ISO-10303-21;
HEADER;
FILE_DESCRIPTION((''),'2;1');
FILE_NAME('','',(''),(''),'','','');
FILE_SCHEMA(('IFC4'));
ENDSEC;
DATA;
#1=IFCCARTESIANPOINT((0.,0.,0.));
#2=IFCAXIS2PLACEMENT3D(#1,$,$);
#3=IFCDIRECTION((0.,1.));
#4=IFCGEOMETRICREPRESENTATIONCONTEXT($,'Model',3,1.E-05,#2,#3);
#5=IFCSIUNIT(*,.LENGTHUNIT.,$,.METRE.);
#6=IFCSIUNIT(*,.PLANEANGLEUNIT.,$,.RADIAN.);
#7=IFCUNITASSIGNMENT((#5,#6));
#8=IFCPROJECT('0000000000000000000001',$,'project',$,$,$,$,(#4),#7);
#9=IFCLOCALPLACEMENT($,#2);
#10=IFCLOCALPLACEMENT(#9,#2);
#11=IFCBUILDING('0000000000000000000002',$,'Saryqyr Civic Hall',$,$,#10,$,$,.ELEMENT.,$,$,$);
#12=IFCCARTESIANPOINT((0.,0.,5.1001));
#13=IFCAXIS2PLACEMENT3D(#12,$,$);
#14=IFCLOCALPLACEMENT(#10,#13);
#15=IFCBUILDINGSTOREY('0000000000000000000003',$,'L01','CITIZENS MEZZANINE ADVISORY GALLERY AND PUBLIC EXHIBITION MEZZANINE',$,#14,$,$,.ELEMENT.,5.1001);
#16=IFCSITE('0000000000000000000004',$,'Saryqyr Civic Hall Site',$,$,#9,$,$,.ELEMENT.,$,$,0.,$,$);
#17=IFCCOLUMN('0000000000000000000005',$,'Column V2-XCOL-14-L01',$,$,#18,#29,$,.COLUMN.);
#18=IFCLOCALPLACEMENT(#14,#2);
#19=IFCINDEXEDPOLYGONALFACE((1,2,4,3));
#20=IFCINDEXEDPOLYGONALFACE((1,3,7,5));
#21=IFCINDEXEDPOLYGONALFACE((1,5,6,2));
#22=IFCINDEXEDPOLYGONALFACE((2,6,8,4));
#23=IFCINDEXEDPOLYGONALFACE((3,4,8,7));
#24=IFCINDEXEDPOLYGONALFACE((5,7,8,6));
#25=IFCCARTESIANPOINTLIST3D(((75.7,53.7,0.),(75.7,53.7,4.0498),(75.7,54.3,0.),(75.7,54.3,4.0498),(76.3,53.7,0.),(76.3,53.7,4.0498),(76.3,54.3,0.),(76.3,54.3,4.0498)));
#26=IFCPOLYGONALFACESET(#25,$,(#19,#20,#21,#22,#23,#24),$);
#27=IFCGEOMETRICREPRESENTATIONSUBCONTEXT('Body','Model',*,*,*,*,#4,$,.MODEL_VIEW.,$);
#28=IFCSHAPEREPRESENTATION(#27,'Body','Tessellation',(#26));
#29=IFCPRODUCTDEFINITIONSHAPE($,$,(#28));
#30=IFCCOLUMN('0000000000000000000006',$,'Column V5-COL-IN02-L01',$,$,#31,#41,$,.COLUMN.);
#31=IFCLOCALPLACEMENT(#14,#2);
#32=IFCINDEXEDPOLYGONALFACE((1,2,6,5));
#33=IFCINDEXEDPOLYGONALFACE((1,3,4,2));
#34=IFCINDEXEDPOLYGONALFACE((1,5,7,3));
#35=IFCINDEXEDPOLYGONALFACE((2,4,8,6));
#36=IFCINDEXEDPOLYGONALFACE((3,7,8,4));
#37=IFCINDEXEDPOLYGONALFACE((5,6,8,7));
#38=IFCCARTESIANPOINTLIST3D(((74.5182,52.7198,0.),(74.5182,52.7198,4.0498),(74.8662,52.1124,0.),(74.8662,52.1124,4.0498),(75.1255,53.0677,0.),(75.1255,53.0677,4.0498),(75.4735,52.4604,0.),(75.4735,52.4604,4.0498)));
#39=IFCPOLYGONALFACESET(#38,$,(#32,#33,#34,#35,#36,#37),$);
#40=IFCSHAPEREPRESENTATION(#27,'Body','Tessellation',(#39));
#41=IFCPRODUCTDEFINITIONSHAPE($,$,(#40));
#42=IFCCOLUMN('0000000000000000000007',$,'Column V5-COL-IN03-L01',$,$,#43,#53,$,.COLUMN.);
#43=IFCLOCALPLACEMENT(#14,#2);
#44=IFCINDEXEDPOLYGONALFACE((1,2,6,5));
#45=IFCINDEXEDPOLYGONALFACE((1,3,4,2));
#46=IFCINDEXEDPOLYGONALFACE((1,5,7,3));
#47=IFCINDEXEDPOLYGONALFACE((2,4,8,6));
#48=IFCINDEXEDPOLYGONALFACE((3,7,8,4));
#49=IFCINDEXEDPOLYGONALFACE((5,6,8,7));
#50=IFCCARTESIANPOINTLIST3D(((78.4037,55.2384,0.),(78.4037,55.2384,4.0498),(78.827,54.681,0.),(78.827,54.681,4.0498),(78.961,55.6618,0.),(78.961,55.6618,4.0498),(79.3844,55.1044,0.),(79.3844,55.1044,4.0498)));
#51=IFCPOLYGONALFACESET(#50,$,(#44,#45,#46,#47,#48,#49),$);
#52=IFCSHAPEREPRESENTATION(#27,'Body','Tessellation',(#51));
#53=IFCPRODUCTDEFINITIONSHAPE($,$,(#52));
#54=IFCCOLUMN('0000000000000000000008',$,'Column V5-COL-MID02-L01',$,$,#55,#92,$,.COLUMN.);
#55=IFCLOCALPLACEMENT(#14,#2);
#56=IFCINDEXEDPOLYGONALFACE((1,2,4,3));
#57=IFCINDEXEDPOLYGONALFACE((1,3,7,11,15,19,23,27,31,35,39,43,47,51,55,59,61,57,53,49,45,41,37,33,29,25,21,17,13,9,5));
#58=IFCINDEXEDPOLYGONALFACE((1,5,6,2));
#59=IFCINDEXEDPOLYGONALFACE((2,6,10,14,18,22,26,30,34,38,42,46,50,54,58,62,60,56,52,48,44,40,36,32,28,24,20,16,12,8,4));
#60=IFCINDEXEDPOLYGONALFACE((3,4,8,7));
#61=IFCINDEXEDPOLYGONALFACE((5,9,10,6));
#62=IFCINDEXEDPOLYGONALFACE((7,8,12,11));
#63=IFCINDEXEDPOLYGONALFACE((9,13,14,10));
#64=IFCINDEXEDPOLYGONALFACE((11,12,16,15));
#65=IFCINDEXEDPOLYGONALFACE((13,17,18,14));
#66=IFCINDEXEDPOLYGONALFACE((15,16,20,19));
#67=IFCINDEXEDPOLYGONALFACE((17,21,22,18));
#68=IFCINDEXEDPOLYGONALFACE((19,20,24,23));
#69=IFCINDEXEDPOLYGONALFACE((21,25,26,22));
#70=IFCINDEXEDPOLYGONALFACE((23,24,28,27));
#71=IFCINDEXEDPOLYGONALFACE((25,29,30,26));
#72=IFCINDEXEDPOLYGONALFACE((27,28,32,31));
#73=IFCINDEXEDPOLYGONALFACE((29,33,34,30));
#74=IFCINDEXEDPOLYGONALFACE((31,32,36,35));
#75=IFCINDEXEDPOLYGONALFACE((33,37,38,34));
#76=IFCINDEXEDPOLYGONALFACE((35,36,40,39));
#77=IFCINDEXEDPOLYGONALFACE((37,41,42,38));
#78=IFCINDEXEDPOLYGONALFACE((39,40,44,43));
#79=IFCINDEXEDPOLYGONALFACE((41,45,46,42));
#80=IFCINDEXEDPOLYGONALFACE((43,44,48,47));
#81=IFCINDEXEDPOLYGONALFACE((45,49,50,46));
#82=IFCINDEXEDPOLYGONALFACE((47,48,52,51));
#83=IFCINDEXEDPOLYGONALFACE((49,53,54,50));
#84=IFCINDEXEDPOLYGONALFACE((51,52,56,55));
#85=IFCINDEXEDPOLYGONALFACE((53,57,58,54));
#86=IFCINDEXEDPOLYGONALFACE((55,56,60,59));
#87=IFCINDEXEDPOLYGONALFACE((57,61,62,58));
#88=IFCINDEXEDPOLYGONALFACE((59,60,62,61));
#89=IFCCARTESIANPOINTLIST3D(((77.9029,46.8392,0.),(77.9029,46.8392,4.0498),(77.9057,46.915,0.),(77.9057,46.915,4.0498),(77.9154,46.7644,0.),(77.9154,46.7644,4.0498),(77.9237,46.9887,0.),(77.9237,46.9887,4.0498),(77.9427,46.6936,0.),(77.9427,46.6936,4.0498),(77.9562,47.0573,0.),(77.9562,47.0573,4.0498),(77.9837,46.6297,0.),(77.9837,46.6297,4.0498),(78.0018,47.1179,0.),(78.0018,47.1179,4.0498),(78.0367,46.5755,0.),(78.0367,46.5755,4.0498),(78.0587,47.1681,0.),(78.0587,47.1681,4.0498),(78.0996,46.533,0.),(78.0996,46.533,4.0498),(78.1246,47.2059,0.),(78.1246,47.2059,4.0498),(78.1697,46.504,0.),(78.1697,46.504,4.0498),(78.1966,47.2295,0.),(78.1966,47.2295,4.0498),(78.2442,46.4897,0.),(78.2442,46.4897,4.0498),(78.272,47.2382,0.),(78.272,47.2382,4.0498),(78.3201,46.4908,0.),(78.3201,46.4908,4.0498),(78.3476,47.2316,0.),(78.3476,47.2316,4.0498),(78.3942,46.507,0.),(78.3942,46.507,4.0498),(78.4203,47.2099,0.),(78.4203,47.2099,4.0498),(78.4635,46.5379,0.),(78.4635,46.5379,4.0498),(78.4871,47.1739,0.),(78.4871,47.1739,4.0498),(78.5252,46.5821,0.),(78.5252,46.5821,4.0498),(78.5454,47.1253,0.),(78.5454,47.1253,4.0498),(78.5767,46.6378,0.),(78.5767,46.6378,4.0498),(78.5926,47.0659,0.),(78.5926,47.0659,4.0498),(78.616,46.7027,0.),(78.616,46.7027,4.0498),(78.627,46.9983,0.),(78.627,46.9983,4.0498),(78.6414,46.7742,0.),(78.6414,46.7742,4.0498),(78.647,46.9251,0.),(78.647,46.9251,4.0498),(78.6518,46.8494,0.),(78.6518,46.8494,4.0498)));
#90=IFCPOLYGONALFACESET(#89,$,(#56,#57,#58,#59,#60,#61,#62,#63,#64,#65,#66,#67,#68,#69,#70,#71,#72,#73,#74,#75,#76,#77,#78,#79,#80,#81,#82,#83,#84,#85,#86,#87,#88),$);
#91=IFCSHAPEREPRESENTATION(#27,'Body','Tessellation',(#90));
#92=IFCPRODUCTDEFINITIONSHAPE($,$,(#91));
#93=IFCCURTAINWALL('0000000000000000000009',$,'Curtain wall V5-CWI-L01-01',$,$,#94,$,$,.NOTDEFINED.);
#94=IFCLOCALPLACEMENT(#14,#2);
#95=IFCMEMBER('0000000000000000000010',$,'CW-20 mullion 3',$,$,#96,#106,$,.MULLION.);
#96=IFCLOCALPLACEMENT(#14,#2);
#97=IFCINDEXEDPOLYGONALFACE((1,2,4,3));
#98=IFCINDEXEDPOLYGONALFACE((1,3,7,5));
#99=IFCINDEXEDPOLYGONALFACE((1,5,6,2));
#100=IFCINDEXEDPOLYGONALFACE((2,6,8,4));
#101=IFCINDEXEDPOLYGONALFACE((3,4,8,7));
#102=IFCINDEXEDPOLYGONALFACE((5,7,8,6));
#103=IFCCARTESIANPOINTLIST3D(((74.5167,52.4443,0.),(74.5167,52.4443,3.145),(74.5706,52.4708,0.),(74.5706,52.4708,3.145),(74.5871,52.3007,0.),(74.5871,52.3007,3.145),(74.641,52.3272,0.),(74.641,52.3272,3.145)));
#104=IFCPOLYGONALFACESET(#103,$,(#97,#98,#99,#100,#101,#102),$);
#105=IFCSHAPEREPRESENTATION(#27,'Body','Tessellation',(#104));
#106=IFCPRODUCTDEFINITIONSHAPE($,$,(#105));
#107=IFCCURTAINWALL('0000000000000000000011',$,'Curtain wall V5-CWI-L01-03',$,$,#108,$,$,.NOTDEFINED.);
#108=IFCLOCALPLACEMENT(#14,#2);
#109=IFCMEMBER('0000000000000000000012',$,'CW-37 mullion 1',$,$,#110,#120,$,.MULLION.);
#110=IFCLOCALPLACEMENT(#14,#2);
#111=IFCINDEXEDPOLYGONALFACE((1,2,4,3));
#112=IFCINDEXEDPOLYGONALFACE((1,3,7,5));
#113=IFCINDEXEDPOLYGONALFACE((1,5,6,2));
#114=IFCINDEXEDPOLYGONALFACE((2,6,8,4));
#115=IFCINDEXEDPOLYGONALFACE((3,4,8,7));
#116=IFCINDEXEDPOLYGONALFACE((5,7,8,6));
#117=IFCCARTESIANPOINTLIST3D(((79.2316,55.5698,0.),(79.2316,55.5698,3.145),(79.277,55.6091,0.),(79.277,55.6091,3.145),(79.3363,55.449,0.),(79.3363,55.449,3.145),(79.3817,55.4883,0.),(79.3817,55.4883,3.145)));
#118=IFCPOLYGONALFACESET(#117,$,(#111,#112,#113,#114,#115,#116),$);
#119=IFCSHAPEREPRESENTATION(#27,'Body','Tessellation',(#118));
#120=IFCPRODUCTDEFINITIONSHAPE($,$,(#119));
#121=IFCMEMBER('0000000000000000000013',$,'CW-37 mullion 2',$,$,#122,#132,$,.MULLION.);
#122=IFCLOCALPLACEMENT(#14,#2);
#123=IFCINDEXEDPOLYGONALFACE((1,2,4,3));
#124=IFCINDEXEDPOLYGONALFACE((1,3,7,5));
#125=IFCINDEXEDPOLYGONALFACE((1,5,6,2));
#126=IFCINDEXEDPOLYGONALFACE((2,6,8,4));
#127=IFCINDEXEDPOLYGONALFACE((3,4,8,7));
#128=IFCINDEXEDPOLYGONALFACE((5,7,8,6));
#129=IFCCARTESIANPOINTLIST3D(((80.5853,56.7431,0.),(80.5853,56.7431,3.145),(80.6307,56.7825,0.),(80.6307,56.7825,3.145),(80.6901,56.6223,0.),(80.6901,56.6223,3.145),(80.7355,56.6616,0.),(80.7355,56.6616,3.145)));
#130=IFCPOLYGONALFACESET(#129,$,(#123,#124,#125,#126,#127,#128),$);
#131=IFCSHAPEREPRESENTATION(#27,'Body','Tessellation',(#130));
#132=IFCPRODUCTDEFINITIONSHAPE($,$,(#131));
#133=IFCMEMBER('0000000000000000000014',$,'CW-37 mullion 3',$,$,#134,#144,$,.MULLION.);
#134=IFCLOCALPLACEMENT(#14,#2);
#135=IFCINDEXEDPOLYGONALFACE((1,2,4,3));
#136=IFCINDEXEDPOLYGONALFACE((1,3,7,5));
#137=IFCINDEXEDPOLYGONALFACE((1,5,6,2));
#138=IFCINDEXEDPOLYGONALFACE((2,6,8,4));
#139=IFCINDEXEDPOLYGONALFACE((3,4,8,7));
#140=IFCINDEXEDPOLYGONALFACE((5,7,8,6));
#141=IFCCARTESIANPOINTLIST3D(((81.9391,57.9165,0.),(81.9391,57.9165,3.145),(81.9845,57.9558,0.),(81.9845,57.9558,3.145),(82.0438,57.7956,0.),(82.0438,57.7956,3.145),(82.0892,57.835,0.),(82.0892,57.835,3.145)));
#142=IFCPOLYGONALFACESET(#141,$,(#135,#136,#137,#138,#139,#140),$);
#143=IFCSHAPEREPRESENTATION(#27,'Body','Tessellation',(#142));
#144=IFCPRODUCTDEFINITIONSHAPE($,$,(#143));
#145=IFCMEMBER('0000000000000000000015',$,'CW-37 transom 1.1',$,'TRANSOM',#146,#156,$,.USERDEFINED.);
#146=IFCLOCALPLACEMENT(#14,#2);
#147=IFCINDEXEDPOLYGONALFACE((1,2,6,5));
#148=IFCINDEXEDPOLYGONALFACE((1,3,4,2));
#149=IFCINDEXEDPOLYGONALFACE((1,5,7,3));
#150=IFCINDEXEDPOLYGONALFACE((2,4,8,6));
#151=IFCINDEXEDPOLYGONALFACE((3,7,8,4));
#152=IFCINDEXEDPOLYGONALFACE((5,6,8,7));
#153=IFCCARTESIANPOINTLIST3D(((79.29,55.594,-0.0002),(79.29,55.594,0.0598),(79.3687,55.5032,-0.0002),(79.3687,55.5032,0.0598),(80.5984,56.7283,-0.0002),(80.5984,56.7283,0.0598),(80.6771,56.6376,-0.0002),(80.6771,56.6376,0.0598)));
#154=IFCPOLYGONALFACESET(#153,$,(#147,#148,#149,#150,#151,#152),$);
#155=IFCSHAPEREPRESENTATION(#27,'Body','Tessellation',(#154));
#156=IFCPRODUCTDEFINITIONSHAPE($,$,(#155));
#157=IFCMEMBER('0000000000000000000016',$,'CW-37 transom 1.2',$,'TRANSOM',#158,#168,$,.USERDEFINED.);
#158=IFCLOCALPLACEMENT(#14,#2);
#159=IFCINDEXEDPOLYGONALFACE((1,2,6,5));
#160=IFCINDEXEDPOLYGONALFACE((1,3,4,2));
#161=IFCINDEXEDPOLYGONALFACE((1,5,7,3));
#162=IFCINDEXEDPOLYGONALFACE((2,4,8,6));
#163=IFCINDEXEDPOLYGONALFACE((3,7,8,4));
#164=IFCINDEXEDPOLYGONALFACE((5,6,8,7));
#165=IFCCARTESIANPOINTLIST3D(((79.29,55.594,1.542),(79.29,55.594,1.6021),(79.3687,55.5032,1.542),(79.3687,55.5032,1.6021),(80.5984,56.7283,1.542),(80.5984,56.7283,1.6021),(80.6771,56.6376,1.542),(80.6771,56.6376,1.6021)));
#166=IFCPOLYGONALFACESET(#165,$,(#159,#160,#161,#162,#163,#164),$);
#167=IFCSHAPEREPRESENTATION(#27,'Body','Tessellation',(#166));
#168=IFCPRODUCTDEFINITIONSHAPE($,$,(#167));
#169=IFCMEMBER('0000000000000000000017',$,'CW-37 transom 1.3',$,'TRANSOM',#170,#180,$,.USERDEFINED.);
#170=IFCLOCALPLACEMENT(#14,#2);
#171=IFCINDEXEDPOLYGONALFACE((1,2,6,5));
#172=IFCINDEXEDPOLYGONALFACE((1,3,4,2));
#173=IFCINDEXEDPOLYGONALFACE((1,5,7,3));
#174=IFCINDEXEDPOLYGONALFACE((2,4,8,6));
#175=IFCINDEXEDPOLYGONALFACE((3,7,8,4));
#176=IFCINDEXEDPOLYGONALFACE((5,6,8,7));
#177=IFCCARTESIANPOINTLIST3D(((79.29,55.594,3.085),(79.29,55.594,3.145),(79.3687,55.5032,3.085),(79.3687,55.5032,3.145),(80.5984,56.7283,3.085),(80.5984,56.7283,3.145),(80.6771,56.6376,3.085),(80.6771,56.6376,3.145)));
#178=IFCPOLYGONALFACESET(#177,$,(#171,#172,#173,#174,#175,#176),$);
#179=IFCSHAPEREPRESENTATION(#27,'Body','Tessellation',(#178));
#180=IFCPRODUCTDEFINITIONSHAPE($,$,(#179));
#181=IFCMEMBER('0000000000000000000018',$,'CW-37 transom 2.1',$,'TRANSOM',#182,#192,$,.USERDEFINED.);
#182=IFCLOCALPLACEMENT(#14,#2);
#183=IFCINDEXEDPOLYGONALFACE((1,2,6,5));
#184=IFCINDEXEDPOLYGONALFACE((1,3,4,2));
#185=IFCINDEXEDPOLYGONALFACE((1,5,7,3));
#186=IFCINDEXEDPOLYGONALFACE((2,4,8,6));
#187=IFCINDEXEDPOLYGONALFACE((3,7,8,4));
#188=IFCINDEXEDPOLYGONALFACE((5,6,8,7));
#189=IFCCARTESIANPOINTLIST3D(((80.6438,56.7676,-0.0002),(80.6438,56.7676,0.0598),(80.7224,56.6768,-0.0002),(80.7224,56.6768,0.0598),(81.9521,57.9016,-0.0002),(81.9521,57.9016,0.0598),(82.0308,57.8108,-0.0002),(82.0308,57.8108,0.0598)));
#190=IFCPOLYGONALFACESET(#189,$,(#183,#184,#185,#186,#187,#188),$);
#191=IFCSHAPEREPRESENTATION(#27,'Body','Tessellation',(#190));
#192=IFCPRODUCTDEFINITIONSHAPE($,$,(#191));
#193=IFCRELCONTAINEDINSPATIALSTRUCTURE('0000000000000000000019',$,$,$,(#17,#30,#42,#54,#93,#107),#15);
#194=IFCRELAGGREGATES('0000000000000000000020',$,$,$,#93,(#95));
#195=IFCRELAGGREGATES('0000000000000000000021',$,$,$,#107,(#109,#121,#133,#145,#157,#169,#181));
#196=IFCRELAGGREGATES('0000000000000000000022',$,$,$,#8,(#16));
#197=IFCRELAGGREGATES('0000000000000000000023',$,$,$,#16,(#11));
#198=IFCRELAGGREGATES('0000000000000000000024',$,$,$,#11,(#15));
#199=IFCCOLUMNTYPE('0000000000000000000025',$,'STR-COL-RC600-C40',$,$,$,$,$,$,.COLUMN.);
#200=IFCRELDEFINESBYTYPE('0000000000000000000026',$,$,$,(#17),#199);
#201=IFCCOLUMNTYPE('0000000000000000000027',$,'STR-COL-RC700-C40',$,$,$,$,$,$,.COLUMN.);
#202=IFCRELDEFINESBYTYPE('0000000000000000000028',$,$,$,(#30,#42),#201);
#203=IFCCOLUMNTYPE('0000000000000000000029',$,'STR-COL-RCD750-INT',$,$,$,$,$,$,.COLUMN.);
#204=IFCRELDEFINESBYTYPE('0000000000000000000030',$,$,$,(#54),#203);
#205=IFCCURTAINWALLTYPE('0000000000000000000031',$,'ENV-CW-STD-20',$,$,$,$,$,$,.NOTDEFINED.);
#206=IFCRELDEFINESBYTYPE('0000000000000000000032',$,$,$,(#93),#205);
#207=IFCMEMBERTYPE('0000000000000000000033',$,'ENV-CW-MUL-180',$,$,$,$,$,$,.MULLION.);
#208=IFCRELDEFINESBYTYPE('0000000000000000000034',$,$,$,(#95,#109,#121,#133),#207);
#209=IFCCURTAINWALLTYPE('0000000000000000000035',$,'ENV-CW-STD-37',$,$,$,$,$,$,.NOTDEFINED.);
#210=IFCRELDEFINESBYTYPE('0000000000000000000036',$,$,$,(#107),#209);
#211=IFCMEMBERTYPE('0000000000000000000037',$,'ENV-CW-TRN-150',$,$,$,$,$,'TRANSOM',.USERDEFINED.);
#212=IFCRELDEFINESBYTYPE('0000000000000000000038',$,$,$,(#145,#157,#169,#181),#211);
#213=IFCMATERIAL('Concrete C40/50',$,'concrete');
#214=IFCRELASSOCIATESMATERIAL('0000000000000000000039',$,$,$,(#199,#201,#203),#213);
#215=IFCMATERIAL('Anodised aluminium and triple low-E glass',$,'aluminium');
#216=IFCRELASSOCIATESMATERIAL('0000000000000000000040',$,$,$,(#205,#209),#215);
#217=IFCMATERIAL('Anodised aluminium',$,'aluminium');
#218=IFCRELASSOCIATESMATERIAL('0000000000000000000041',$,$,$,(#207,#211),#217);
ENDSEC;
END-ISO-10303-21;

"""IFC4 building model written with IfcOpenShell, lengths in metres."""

from ifc_helpers import new_model, si_unit, direction, frame, origin, origin_2d, place, context, subcontext, project, spatial, rectangle, circle, extrude, material, material_profile, profile_set, type_object, element, aggregate, save


model = new_model("IFC4")

# Units and contexts
model_context = context("Model", 3, precision=1e-05, world=origin(), true_north=direction((0.0, 1.0)))
body_context = subcontext(model_context, "Body", "Model", "MODEL_VIEW")
ifc_project = project(units=[si_unit("LENGTHUNIT", "METRE"), si_unit("PLANEANGLEUNIT", "RADIAN")], contexts=[model_context])

# Site, building, storey
site_placement = place(None, origin())
site = spatial("IfcSite", under=ifc_project, at=site_placement, Name="Saryqyr Civic Hall Site", CompositionType="ELEMENT", RefElevation=0.0)
building_placement = place(site_placement, origin())
building = spatial("IfcBuilding", under=site, at=building_placement, Name="Saryqyr Civic Hall", CompositionType="ELEMENT")
storey_placement = place(building_placement, frame((0.0, 0.0, 5.1001)))
storey = spatial("IfcBuildingStorey", under=building, at=storey_placement, Name="L01", Description="CITIZENS MEZZANINE ADVISORY GALLERY AND PUBLIC EXHIBITION MEZZANINE", CompositionType="ELEMENT", Elevation=5.1001)

# Columns
ifc_material_1 = material(Name="Concrete C40/50", Category="concrete")
ifc_material_profile_1 = material_profile(ifc_material_1, rectangle(XDim=0.6001, YDim=0.6001, at=origin_2d()), Name="RC 600x600")
ifc_profile_set_1 = profile_set([ifc_material_profile_1], Name="Concrete C40/50")
column_type_1 = type_object("IfcColumnType", Name="STR-COL-RC600-C40", PredefinedType="COLUMN", material=ifc_profile_set_1)
column_placement = place(storey_placement, frame((76.0, 54.0, 0.0), z_axis=(0.0, 0.0, 1.0), x_axis=(1.0, 0.0, 0.0)))
element("IfcColumn", 1, at=column_placement, inside=storey, type_object=column_type_1, Name="Column V2-XCOL-14-L01", PredefinedType="COLUMN", context=body_context, shape_type="SweptSolid", body=[
    extrude(rectangle(XDim=0.6001, YDim=0.6001, at=origin_2d()), origin(), (0.0, 0.0, 1.0), 4.0498),
])
ifc_material_profile_2 = material_profile(ifc_material_1, rectangle(XDim=0.7, YDim=0.7, at=origin_2d()), Name="RC 700x700")
ifc_profile_set_2 = profile_set([ifc_material_profile_2], Name="Concrete C40/50")
column_type_2 = type_object("IfcColumnType", Name="STR-COL-RC700-C40", PredefinedType="COLUMN", material=ifc_profile_set_2)
for number, where, z_axis, x_axis, name in (
    (2, (74.9958, 52.5901, 0.0), (0.0, 0.0, 1.0), (0.497125, -0.867679, 0.0), "Column V5-COL-IN02-L01"),
    (3, (78.894, 55.1714, 0.0), (0.0, 0.0, 1.0), (0.604877, -0.796319, 0.0), "Column V5-COL-IN03-L01"),
):
    element("IfcColumn", number, at=place(storey_placement, frame(where, z_axis=z_axis, x_axis=x_axis)), inside=storey, type_object=column_type_2, Name=name, PredefinedType="COLUMN", context=body_context, shape_type="SweptSolid", body=[
        extrude(rectangle(XDim=0.7, YDim=0.7, at=origin_2d()), origin(), (0.0, 0.0, 1.0), 4.0498),
    ])
ifc_material_profile_3 = material_profile(ifc_material_1, circle(Radius=0.375, at=origin_2d()), Name="RC D750")
ifc_profile_set_3 = profile_set([ifc_material_profile_3], Name="Concrete C40/50")
column_type_3 = type_object("IfcColumnType", Name="STR-COL-RCD750-INT", PredefinedType="COLUMN", material=ifc_profile_set_3)
for number, where, z_axis, x_axis, name in (
    (4, (78.2771, 46.8633, 0.0), (0.0, 0.0, 1.0), (0.497125, -0.867679, 0.0), "Column V5-COL-MID02-L01"),
):
    element("IfcColumn", number, at=place(storey_placement, frame(where, z_axis=z_axis, x_axis=x_axis)), inside=storey, type_object=column_type_3, Name=name, PredefinedType="COLUMN", context=body_context, shape_type="SweptSolid", body=[
        extrude(circle(Radius=0.375, at=origin_2d()), origin(), (0.0, 0.0, 1.0), 4.0498),
    ])

# Curtain wall, member
ifc_material_2 = material(Name="Anodised aluminium and triple low-E glass", Category="aluminium")
curtain_wall_type_1 = type_object("IfcCurtainWallType", Name="ENV-CW-STD-20", PredefinedType="NOTDEFINED", material=ifc_material_2)
curtain_wall_1_placement = place(storey_placement, origin())
curtain_wall_1 = element("IfcCurtainWall", 5, at=curtain_wall_1_placement, inside=storey, type_object=curtain_wall_type_1, Name="Curtain wall V5-CWI-L01-01", PredefinedType="NOTDEFINED")
ifc_material_3 = material(Name="Anodised aluminium", Category="aluminium")
ifc_material_profile_4 = material_profile(ifc_material_3, rectangle(XDim=0.0601, YDim=0.1599, at=origin_2d()), Name="ALU MULLION 60x160")
ifc_profile_set_4 = profile_set([ifc_material_profile_4], Name="Anodised aluminium")
member_type_1 = type_object("IfcMemberType", Name="ENV-CW-MUL-180", PredefinedType="MULLION", material=ifc_profile_set_4)
member_1_placement = place(storey_placement, frame((74.5789, 52.3857, 0.0), z_axis=(0.0, 0.0, 1.0), x_axis=(0.897961, 0.440075, 0.0)))
member_1 = element("IfcMember", 6, at=member_1_placement, type_object=member_type_1, Name="CW-20 mullion 3", PredefinedType="MULLION", context=body_context, shape_type="SweptSolid", body=[
    extrude(rectangle(XDim=0.0601, YDim=0.1599, at=origin_2d()), origin(), (0.0, 0.0, 1.0), 3.145),
])
aggregate(curtain_wall_1, [member_1])

# Curtain wall, members
curtain_wall_type_2 = type_object("IfcCurtainWallType", Name="ENV-CW-STD-37", PredefinedType="NOTDEFINED", material=ifc_material_2)
curtain_wall_2_placement = place(storey_placement, origin())
curtain_wall_2 = element("IfcCurtainWall", 7, at=curtain_wall_2_placement, inside=storey, type_object=curtain_wall_type_2, Name="Curtain wall V5-CWI-L01-03", PredefinedType="NOTDEFINED")
member_2_placement = place(storey_placement, frame((79.3066, 55.5291, 0.0), z_axis=(0.0, 0.0, 1.0), x_axis=(0.755641, 0.654986, 0.0)))
member_2 = element("IfcMember", 8, at=member_2_placement, type_object=member_type_1, Name="CW-37 mullion 1", PredefinedType="MULLION", context=body_context, shape_type="SweptSolid", body=[
    extrude(rectangle(XDim=0.0601, YDim=0.1599, at=origin_2d()), origin(), (0.0, 0.0, 1.0), 3.145),
])
member_3_placement = place(storey_placement, frame((80.6604, 56.7024, 0.0), z_axis=(0.0, 0.0, 1.0), x_axis=(0.755641, 0.654986, 0.0)))
member_3 = element("IfcMember", 9, at=member_3_placement, type_object=member_type_1, Name="CW-37 mullion 2", PredefinedType="MULLION", context=body_context, shape_type="SweptSolid", body=[
    extrude(rectangle(XDim=0.0601, YDim=0.1599, at=origin_2d()), origin(), (0.0, 0.0, 1.0), 3.145),
])
member_4_placement = place(storey_placement, frame((82.0142, 57.8757, 0.0), z_axis=(0.0, 0.0, 1.0), x_axis=(0.755641, 0.654986, 0.0)))
member_4 = element("IfcMember", 10, at=member_4_placement, type_object=member_type_1, Name="CW-37 mullion 3", PredefinedType="MULLION", context=body_context, shape_type="SweptSolid", body=[
    extrude(rectangle(XDim=0.0601, YDim=0.1599, at=origin_2d()), origin(), (0.0, 0.0, 1.0), 3.145),
])
ifc_material_profile_5 = material_profile(ifc_material_3, rectangle(XDim=0.1201, YDim=0.0601, at=origin_2d()), Name="ALU TRANSOM 120x60")
ifc_profile_set_5 = profile_set([ifc_material_profile_5], Name="Anodised aluminium")
member_type_2 = type_object("IfcMemberType", Name="ENV-CW-TRN-150", ElementType="TRANSOM", PredefinedType="USERDEFINED", material=ifc_profile_set_5)
member_5_placement = place(storey_placement, frame((79.3293, 55.5486, 0.0298), z_axis=(0.755582, 0.655054, 0.0), x_axis=(-0.655054, 0.755582, 0.0)))
member_5 = element("IfcMember", 11, at=member_5_placement, type_object=member_type_2, Name="CW-37 transom 1.1", ObjectType="TRANSOM", PredefinedType="USERDEFINED", context=body_context, shape_type="SweptSolid", body=[
    extrude(rectangle(XDim=0.1201, YDim=0.0601, at=origin_2d()), origin(), (0.0, 0.0, 1.0), 1.7317),
])
member_6_placement = place(storey_placement, frame((79.3293, 55.5486, 1.572), z_axis=(0.755582, 0.655054, 0.0), x_axis=(-0.655054, 0.755582, 0.0)))
member_6 = element("IfcMember", 12, at=member_6_placement, type_object=member_type_2, Name="CW-37 transom 1.2", ObjectType="TRANSOM", PredefinedType="USERDEFINED", context=body_context, shape_type="SweptSolid", body=[
    extrude(rectangle(XDim=0.1201, YDim=0.0601, at=origin_2d()), origin(), (0.0, 0.0, 1.0), 1.7317),
])
member_7_placement = place(storey_placement, frame((79.3293, 55.5486, 3.115), z_axis=(0.755582, 0.655054, 0.0), x_axis=(-0.655054, 0.755582, 0.0)))
member_7 = element("IfcMember", 13, at=member_7_placement, type_object=member_type_2, Name="CW-37 transom 1.3", ObjectType="TRANSOM", PredefinedType="USERDEFINED", context=body_context, shape_type="SweptSolid", body=[
    extrude(rectangle(XDim=0.1201, YDim=0.0601, at=origin_2d()), origin(), (0.0, 0.0, 1.0), 1.7317),
])
member_8_placement = place(storey_placement, frame((80.6831, 56.7222, 0.0298), z_axis=(0.755652, 0.654973, 0.0), x_axis=(-0.654973, 0.755652, 0.0)))
member_8 = element("IfcMember", 14, at=member_8_placement, type_object=member_type_2, Name="CW-37 transom 2.1", ObjectType="TRANSOM", PredefinedType="USERDEFINED", context=body_context, shape_type="SweptSolid", body=[
    extrude(rectangle(XDim=0.1201, YDim=0.0601, at=origin_2d()), origin(), (0.0, 0.0, 1.0), 1.7314),
])

aggregate(curtain_wall_2, [member_2, member_3, member_4, member_5, member_6, member_7, member_8])

save(model, "model.ifc")
